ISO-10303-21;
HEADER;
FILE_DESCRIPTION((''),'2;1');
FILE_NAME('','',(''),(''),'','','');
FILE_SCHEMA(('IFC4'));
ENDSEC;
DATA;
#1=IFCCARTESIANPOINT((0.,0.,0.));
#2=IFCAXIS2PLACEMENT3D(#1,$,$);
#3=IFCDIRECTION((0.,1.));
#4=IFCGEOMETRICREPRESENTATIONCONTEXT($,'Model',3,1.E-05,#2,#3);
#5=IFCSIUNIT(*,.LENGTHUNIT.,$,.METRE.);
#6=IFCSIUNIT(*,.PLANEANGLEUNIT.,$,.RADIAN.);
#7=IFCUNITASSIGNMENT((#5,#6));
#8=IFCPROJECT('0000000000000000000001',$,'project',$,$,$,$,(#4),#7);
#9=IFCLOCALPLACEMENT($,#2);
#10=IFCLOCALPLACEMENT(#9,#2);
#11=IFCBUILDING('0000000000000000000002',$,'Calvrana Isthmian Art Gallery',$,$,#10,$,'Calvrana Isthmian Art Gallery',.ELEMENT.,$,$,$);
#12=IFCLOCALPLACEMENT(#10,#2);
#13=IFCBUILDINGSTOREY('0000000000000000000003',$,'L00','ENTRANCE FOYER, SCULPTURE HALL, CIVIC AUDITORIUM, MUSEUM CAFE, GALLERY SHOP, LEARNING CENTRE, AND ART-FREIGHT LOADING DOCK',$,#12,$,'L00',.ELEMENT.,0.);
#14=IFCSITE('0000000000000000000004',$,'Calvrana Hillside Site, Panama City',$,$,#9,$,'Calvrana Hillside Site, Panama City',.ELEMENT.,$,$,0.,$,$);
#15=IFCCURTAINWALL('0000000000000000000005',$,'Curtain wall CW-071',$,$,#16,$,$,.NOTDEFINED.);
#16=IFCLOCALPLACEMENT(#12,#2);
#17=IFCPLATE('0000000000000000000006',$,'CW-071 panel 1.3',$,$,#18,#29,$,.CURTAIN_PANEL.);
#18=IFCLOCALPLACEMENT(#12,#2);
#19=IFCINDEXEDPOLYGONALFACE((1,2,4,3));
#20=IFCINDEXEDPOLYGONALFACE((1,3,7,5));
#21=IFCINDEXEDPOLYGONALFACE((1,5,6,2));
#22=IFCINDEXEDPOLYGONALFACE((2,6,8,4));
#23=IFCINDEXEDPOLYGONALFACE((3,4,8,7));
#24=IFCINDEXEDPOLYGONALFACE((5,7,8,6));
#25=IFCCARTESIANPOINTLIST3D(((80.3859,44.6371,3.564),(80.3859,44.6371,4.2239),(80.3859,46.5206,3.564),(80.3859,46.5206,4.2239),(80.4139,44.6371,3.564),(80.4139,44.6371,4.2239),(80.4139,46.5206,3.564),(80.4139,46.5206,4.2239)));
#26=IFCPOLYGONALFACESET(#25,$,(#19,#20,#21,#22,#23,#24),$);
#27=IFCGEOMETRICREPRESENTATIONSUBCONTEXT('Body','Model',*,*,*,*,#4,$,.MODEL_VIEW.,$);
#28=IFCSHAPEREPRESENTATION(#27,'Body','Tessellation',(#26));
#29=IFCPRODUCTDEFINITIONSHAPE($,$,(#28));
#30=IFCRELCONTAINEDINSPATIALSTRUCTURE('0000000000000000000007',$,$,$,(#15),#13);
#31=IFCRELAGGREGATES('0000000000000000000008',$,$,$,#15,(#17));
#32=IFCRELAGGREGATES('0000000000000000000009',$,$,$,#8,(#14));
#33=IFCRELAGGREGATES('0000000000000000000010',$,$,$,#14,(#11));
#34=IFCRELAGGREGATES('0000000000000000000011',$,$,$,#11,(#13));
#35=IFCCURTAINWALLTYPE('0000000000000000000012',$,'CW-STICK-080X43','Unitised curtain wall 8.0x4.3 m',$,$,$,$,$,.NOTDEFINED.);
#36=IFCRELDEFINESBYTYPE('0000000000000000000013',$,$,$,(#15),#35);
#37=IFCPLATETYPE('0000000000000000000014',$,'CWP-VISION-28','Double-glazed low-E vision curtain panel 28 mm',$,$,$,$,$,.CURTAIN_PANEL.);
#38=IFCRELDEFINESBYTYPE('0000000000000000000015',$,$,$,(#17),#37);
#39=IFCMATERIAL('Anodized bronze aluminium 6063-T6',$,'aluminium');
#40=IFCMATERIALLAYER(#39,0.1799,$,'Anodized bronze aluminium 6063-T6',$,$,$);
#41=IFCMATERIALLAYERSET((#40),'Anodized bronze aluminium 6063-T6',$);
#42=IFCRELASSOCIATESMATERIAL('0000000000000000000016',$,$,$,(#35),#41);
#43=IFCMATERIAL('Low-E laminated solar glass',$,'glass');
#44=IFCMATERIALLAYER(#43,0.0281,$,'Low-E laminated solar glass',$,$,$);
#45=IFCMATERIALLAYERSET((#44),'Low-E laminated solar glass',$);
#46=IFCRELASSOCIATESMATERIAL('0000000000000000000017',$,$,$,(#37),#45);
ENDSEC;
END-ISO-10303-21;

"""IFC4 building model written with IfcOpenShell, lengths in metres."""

from ifc_helpers import new_model, si_unit, direction, frame, origin, origin_2d, place, context, subcontext, project, spatial, rectangle, extrude, material, layer, layer_set, type_object, element, aggregate, save


model = new_model("IFC4")

# Units and contexts
model_context = context("Model", 3, precision=1e-05, world=origin(), true_north=direction((0.0, 1.0)))
body_context = subcontext(model_context, "Body", "Model", "MODEL_VIEW")
ifc_project = project(units=[si_unit("LENGTHUNIT", "METRE"), si_unit("PLANEANGLEUNIT", "RADIAN")], contexts=[model_context])

# Site, building, storey
site_placement = place(None, origin())
site = spatial("IfcSite", under=ifc_project, at=site_placement, Name="Calvrana Hillside Site, Panama City", LongName="Calvrana Hillside Site, Panama City", CompositionType="ELEMENT", RefElevation=0.0)
building_placement = place(site_placement, origin())
building = spatial("IfcBuilding", under=site, at=building_placement, Name="Calvrana Isthmian Art Gallery", LongName="Calvrana Isthmian Art Gallery", CompositionType="ELEMENT")
storey_placement = place(building_placement, origin())
storey = spatial("IfcBuildingStorey", under=building, at=storey_placement, Name="L00", Description="ENTRANCE FOYER, SCULPTURE HALL, CIVIC AUDITORIUM, MUSEUM CAFE, GALLERY SHOP, LEARNING CENTRE, AND ART-FREIGHT LOADING DOCK", LongName="L00", CompositionType="ELEMENT", Elevation=0.0)

# Curtain wall
ifc_material_1 = material(Name="Anodized bronze aluminium 6063-T6", Category="aluminium")
ifc_layer_1 = layer(ifc_material_1, 0.1799, Name="Anodized bronze aluminium 6063-T6")
ifc_layer_set_1 = layer_set([ifc_layer_1], Name="Anodized bronze aluminium 6063-T6")
curtain_wall_type_1 = type_object("IfcCurtainWallType", Name="CW-STICK-080X43", Description="Unitised curtain wall 8.0x4.3 m", PredefinedType="NOTDEFINED", material=ifc_layer_set_1)
curtain_wall_1_placement = place(storey_placement, origin())
curtain_wall_1 = element("IfcCurtainWall", 1, at=curtain_wall_1_placement, inside=storey, type_object=curtain_wall_type_1, Name="Curtain wall CW-071", PredefinedType="NOTDEFINED")

# Plate
ifc_material_2 = material(Name="Low-E laminated solar glass", Category="glass")
ifc_layer_2 = layer(ifc_material_2, 0.0281, Name="Low-E laminated solar glass")
ifc_layer_set_2 = layer_set([ifc_layer_2], Name="Low-E laminated solar glass")
plate_type = type_object("IfcPlateType", Name="CWP-VISION-28", Description="Double-glazed low-E vision curtain panel 28 mm", PredefinedType="CURTAIN_PANEL", material=ifc_layer_set_2)
plate_1_placement = place(storey_placement, frame((80.3999, 45.5789, 3.564), z_axis=(0.0, 0.0, 1.0), x_axis=(0.0, -1.0, 0.0)))
plate_1 = element("IfcPlate", 2, at=plate_1_placement, type_object=plate_type, Name="CW-071 panel 1.3", PredefinedType="CURTAIN_PANEL", context=body_context, shape_type="SweptSolid", body=[
    extrude(rectangle(XDim=1.8835, YDim=0.0281, at=origin_2d()), origin(), (0.0, 0.0, 1.0), 0.6599),
])
aggregate(curtain_wall_1, [plate_1])

save(model, "model.ifc")
